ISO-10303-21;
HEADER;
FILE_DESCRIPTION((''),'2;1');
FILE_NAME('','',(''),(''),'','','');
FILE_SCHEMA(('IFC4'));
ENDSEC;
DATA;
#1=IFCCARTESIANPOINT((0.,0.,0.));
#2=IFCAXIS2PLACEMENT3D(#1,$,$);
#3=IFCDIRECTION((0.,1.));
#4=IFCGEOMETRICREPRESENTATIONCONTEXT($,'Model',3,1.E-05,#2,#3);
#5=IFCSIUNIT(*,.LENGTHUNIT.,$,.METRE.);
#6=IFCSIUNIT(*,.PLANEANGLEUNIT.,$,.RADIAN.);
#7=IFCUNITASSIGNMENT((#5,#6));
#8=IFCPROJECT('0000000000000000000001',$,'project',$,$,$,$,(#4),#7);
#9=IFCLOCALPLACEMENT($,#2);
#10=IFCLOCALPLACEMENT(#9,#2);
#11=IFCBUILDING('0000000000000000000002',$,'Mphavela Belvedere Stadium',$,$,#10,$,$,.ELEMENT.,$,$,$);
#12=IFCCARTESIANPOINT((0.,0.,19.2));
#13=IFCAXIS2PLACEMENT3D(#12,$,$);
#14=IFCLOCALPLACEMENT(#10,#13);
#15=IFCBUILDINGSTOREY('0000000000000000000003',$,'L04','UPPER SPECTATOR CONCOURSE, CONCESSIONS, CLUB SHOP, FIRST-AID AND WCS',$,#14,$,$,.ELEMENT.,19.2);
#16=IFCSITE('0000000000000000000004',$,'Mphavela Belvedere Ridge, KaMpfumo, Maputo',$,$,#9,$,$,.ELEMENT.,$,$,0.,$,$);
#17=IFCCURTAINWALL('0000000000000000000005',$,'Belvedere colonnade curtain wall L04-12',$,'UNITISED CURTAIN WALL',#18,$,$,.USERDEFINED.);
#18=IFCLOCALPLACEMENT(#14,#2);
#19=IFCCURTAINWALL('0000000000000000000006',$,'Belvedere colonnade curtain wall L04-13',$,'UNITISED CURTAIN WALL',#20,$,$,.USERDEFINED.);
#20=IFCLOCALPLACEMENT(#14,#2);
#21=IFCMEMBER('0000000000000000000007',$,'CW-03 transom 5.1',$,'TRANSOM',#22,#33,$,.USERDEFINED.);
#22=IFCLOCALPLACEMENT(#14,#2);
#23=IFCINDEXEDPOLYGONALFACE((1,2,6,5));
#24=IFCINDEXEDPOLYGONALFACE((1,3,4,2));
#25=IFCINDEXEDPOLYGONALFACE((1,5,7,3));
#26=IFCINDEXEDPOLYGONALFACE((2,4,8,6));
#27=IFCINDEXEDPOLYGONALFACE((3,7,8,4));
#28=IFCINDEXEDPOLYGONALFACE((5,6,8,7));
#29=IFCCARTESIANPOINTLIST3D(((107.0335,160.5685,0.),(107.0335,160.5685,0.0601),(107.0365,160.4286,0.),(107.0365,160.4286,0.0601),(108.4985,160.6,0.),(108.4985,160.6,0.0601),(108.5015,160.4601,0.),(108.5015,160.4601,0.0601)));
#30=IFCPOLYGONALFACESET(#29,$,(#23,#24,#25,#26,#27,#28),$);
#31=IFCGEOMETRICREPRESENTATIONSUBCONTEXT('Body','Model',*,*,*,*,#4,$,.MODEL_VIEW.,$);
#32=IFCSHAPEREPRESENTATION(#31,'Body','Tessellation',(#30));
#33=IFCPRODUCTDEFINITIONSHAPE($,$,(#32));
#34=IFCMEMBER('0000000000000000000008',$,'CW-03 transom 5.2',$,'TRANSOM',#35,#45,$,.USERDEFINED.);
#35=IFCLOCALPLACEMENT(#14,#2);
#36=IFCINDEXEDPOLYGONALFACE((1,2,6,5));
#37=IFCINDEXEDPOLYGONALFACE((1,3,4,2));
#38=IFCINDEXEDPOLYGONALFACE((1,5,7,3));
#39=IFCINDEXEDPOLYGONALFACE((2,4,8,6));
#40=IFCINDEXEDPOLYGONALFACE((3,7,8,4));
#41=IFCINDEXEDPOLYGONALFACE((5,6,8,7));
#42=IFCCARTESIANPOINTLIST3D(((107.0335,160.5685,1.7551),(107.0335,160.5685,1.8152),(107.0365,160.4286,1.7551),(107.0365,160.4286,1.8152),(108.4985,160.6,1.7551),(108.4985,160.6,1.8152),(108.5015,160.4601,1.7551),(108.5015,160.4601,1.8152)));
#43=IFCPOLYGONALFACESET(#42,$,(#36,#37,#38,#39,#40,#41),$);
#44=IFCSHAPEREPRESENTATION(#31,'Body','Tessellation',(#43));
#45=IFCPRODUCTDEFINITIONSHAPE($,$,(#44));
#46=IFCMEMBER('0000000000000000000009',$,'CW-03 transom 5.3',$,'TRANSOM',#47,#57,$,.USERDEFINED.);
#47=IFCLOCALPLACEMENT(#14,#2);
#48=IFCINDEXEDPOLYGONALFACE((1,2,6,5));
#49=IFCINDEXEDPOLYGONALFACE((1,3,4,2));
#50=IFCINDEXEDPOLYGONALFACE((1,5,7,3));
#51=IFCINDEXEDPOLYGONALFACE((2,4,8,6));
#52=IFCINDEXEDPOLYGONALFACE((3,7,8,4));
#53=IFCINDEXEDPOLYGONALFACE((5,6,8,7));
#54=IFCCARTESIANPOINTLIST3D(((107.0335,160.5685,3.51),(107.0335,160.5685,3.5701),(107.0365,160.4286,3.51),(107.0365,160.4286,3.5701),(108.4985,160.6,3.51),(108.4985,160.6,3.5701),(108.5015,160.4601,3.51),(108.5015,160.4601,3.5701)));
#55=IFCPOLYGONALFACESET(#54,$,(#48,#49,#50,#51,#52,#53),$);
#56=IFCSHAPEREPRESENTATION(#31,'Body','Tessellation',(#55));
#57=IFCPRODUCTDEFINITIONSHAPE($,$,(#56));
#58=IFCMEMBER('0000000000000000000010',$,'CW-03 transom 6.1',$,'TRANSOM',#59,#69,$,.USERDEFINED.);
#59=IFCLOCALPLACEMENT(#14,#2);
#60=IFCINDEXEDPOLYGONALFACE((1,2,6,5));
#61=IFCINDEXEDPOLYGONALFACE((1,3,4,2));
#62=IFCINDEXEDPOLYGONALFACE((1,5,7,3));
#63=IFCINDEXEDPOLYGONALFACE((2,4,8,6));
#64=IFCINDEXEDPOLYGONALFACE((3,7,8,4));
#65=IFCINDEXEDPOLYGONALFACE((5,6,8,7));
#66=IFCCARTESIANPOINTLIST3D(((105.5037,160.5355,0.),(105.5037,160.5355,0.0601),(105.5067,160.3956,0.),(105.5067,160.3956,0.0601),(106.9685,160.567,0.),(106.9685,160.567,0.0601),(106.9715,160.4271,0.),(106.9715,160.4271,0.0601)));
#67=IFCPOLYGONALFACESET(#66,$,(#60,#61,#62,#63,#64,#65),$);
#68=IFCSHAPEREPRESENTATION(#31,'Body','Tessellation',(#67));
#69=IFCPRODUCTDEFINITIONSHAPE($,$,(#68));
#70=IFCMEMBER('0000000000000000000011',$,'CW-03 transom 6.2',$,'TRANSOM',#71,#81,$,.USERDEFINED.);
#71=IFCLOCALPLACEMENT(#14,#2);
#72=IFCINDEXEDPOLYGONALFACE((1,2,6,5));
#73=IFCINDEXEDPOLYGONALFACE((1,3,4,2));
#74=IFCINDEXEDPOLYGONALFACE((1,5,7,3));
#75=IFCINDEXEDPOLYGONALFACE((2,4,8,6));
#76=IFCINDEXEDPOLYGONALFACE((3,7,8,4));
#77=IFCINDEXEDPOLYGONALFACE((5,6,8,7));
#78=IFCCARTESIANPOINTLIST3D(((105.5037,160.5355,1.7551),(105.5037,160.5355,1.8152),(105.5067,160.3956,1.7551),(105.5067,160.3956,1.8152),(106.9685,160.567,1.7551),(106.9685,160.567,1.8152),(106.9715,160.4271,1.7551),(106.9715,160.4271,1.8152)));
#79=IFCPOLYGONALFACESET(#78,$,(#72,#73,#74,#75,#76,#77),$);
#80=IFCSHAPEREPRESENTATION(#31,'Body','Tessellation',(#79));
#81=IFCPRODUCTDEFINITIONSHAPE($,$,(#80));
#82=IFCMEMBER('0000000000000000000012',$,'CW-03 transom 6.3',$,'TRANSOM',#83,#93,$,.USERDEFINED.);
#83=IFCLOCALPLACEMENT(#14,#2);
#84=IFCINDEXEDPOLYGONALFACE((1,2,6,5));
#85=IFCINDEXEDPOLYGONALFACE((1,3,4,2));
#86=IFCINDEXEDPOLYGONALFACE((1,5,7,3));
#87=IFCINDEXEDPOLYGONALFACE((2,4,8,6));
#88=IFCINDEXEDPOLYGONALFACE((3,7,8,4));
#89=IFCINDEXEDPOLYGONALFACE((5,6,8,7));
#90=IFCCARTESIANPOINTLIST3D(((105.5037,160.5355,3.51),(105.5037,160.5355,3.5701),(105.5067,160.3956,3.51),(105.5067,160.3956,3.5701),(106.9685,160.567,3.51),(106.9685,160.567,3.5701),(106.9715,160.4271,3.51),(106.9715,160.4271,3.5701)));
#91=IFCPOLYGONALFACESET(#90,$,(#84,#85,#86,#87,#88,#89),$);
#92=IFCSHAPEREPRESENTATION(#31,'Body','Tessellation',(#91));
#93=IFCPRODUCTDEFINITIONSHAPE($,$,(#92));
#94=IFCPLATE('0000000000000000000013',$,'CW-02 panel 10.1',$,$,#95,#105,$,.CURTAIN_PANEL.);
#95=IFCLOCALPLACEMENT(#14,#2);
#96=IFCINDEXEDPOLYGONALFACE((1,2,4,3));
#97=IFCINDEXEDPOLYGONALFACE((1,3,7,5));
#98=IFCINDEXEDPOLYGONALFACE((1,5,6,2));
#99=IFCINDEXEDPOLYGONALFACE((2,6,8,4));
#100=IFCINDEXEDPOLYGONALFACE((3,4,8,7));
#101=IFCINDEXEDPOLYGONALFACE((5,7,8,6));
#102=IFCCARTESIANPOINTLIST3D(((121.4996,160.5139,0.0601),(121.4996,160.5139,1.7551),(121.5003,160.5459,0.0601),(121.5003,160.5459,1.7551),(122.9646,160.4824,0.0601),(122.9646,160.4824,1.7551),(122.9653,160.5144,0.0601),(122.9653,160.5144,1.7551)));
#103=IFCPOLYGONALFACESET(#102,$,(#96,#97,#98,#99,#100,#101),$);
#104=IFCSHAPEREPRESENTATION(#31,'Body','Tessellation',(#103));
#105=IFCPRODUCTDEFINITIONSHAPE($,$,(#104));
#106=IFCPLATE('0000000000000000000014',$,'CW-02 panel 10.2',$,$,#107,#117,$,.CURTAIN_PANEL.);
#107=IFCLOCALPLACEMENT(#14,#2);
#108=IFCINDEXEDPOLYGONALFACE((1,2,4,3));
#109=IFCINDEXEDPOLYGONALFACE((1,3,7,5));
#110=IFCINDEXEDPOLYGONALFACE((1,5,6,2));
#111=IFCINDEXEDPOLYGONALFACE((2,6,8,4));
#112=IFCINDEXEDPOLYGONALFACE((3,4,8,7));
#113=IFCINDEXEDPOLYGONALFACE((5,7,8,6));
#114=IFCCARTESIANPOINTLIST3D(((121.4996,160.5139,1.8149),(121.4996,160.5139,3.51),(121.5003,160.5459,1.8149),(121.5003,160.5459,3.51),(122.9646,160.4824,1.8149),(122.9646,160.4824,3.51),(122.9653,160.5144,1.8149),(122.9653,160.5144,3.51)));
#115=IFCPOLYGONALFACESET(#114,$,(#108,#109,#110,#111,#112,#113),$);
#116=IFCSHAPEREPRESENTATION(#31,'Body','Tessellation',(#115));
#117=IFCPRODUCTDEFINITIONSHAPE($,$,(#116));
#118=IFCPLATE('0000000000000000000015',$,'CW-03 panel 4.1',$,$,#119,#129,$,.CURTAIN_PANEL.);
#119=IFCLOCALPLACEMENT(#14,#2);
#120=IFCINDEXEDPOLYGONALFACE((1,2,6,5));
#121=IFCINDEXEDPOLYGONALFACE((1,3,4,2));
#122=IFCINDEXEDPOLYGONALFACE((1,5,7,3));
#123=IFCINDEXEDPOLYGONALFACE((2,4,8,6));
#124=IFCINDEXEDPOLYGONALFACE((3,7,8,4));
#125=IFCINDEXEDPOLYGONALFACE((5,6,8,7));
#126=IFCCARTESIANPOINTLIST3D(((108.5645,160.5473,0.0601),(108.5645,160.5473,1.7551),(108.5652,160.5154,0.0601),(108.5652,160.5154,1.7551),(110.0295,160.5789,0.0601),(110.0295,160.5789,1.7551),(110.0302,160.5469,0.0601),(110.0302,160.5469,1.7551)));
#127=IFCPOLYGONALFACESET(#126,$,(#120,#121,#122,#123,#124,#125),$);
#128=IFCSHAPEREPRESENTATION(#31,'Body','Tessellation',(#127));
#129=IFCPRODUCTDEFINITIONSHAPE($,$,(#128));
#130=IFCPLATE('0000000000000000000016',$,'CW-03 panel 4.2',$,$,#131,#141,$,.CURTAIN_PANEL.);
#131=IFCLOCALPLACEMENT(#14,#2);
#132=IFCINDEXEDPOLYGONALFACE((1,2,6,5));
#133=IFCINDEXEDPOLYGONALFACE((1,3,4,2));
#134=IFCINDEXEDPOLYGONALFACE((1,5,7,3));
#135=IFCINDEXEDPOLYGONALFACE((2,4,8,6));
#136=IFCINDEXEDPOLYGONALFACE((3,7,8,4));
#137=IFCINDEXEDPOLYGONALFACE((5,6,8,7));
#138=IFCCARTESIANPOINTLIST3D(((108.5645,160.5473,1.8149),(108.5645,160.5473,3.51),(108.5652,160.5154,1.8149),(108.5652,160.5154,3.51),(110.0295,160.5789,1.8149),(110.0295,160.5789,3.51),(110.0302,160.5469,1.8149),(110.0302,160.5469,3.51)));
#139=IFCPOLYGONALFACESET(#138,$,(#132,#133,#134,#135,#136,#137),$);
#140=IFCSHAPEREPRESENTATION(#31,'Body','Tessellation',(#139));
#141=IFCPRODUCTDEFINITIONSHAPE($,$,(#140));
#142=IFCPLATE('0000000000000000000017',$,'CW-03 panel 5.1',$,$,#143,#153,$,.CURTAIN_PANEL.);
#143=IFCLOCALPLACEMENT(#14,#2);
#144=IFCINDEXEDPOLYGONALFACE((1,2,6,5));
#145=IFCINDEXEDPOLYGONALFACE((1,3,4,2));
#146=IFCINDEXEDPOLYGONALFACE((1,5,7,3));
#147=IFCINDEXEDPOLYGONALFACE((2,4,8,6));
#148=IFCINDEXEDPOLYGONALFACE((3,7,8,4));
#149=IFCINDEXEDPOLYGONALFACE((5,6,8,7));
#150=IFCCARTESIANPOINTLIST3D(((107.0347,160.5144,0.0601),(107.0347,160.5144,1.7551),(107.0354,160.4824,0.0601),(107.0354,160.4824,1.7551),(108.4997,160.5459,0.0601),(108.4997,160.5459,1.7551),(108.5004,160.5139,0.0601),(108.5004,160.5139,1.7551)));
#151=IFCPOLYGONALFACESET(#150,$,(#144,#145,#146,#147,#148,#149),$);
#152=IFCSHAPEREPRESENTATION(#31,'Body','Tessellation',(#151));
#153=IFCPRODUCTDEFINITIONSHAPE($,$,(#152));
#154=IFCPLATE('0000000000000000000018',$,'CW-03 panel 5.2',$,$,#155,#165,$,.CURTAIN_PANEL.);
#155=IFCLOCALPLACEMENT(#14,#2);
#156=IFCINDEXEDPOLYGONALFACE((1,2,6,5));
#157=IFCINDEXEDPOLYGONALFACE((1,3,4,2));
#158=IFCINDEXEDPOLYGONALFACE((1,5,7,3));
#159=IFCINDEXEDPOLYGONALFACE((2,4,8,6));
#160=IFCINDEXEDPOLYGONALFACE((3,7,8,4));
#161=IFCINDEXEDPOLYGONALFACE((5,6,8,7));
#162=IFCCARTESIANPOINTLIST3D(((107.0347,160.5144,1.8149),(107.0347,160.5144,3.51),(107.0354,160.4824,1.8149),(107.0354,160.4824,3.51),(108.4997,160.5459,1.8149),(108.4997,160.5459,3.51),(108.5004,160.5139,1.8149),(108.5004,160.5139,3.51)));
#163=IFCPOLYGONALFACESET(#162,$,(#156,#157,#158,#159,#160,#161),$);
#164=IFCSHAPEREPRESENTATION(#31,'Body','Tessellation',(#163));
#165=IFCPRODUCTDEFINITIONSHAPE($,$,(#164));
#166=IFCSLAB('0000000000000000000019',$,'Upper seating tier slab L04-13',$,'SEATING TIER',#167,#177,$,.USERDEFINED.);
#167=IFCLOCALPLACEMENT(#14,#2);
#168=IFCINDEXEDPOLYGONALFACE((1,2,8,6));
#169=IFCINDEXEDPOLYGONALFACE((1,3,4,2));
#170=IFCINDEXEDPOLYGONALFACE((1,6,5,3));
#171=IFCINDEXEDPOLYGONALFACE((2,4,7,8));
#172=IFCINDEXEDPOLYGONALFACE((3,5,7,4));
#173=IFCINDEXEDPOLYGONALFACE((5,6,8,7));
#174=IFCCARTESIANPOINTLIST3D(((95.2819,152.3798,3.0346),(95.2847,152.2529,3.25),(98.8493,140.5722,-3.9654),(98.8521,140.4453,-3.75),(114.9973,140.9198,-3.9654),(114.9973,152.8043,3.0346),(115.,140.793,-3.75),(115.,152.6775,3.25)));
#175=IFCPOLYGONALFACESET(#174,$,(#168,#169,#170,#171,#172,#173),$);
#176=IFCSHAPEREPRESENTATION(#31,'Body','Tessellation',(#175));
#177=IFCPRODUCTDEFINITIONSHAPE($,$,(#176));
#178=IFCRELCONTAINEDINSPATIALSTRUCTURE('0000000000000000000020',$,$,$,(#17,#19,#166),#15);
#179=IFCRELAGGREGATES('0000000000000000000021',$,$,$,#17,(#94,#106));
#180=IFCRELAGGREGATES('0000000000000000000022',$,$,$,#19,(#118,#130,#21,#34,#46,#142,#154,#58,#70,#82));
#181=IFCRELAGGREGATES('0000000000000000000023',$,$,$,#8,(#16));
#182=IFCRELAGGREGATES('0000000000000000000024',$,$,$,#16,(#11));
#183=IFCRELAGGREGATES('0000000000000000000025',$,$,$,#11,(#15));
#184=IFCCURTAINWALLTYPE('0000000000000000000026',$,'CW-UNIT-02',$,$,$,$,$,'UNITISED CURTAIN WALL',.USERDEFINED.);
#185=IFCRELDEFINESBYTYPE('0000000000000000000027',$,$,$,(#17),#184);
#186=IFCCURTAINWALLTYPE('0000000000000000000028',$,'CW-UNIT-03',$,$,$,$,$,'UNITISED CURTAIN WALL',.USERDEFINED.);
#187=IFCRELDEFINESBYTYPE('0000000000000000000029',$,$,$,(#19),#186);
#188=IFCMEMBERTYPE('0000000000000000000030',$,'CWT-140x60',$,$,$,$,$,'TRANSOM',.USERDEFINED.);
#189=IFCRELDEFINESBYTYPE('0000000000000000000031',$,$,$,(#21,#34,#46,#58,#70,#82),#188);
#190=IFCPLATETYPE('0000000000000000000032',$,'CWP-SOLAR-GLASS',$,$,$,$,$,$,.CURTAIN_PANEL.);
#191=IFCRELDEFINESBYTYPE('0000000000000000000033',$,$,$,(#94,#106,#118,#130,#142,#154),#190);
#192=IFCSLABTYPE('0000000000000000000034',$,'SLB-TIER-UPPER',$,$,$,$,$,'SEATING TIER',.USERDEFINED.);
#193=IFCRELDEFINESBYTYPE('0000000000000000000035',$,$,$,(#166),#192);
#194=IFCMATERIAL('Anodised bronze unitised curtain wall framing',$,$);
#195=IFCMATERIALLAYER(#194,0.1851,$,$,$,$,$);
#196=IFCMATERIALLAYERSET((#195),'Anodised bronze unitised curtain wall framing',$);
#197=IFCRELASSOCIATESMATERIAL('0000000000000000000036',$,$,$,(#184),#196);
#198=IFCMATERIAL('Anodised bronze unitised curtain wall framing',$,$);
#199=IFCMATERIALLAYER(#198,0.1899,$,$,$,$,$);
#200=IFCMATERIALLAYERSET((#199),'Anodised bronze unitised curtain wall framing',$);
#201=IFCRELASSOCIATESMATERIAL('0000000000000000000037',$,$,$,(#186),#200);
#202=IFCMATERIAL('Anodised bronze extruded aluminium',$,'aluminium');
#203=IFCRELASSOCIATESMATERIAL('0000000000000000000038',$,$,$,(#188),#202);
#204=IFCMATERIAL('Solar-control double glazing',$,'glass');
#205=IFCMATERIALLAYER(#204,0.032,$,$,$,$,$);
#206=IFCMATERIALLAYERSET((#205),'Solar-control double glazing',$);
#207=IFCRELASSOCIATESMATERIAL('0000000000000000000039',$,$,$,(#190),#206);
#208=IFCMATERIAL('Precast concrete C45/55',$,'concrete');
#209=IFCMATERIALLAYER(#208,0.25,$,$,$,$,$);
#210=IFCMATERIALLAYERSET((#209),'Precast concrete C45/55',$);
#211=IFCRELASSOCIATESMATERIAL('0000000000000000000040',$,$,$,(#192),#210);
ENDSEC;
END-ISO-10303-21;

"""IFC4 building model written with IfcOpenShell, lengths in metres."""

from ifc_helpers import new_model, si_unit, direction, frame, origin, origin_2d, place, context, subcontext, project, spatial, polyline, rectangle, outline, extrude, material, layer, layer_set, material_profile, profile_set, type_object, element, aggregate, save


model = new_model("IFC4")

# Units and contexts
model_context = context("Model", 3, precision=1e-05, world=origin(), true_north=direction((0.0, 1.0)))
body_context = subcontext(model_context, "Body", "Model", "MODEL_VIEW")
ifc_project = project(units=[si_unit("LENGTHUNIT", "METRE"), si_unit("PLANEANGLEUNIT", "RADIAN")], contexts=[model_context])

# Site, building, storey
site_placement = place(None, origin())
site = spatial("IfcSite", under=ifc_project, at=site_placement, Name="Mphavela Belvedere Ridge, KaMpfumo, Maputo", CompositionType="ELEMENT", RefElevation=0.0)
building_placement = place(site_placement, origin())
building = spatial("IfcBuilding", under=site, at=building_placement, Name="Mphavela Belvedere Stadium", CompositionType="ELEMENT")
storey_placement = place(building_placement, frame((0.0, 0.0, 19.2)))
storey = spatial("IfcBuildingStorey", under=building, at=storey_placement, Name="L04", Description="UPPER SPECTATOR CONCOURSE, CONCESSIONS, CLUB SHOP, FIRST-AID AND WCS", CompositionType="ELEMENT", Elevation=19.2)

# Curtain wall
ifc_material_1 = material(Name="Anodised bronze unitised curtain wall framing")
ifc_layer_1 = layer(ifc_material_1, 0.1851)
ifc_layer_set_1 = layer_set([ifc_layer_1], Name="Anodised bronze unitised curtain wall framing")
curtain_wall_type_1 = type_object("IfcCurtainWallType", Name="CW-UNIT-02", ElementType="UNITISED CURTAIN WALL", PredefinedType="USERDEFINED", material=ifc_layer_set_1)
curtain_wall_1_placement = place(storey_placement, origin())
curtain_wall_1 = element("IfcCurtainWall", 1, at=curtain_wall_1_placement, inside=storey, type_object=curtain_wall_type_1, Name="Belvedere colonnade curtain wall L04-12", ObjectType="UNITISED CURTAIN WALL", PredefinedType="USERDEFINED")

# Curtain wall
ifc_material_2 = material(Name="Anodised bronze unitised curtain wall framing")
ifc_layer_2 = layer(ifc_material_2, 0.1899)
ifc_layer_set_2 = layer_set([ifc_layer_2], Name="Anodised bronze unitised curtain wall framing")
curtain_wall_type_2 = type_object("IfcCurtainWallType", Name="CW-UNIT-03", ElementType="UNITISED CURTAIN WALL", PredefinedType="USERDEFINED", material=ifc_layer_set_2)
curtain_wall_2_placement = place(storey_placement, origin())
curtain_wall_2 = element("IfcCurtainWall", 2, at=curtain_wall_2_placement, inside=storey, type_object=curtain_wall_type_2, Name="Belvedere colonnade curtain wall L04-13", ObjectType="UNITISED CURTAIN WALL", PredefinedType="USERDEFINED")

# Members
ifc_material_3 = material(Name="Anodised bronze extruded aluminium", Category="aluminium")
ifc_material_profile_1 = material_profile(ifc_material_3, rectangle(XDim=0.1399, YDim=0.0601, at=origin_2d()), Name="CW-TRN 140x60")
ifc_profile_set_1 = profile_set([ifc_material_profile_1], Name="Anodised bronze extruded aluminium")
member_type_1 = type_object("IfcMemberType", Name="CWT-140x60", ElementType="TRANSOM", PredefinedType="USERDEFINED", material=ifc_profile_set_1)
member_1_placement = place(storey_placement, frame((108.5, 160.53, 0.03), z_axis=(-0.999769, -0.021491, 0.0), x_axis=(0.021491, -0.999769, 0.0)))
member_1 = element("IfcMember", 3, at=member_1_placement, type_object=member_type_1, Name="CW-03 transom 5.1", ObjectType="TRANSOM", PredefinedType="USERDEFINED", context=body_context, shape_type="SweptSolid", body=[
    extrude(rectangle(XDim=0.1399, YDim=0.0601, at=origin_2d()), origin(), (0.0, 0.0, 1.0), 1.4653),
])
member_2_placement = place(storey_placement, frame((108.5, 160.53, 1.7852), z_axis=(-0.999769, -0.021491, 0.0), x_axis=(0.021491, -0.999769, 0.0)))
member_2 = element("IfcMember", 4, at=member_2_placement, type_object=member_type_1, Name="CW-03 transom 5.2", ObjectType="TRANSOM", PredefinedType="USERDEFINED", context=body_context, shape_type="SweptSolid", body=[
    extrude(rectangle(XDim=0.1399, YDim=0.0601, at=origin_2d()), origin(), (0.0, 0.0, 1.0), 1.4653),
])
member_3_placement = place(storey_placement, frame((108.5, 160.53, 3.54), z_axis=(-0.999769, -0.021491, 0.0), x_axis=(0.021491, -0.999769, 0.0)))
member_3 = element("IfcMember", 5, at=member_3_placement, type_object=member_type_1, Name="CW-03 transom 5.3", ObjectType="TRANSOM", PredefinedType="USERDEFINED", context=body_context, shape_type="SweptSolid", body=[
    extrude(rectangle(XDim=0.1399, YDim=0.0601, at=origin_2d()), origin(), (0.0, 0.0, 1.0), 1.4653),
])
member_4_placement = place(storey_placement, frame((106.97, 160.4971, 0.03), z_axis=(-0.999769, -0.021495, 0.0), x_axis=(0.021495, -0.999769, 0.0)))
member_4 = element("IfcMember", 6, at=member_4_placement, type_object=member_type_1, Name="CW-03 transom 6.1", ObjectType="TRANSOM", PredefinedType="USERDEFINED", context=body_context, shape_type="SweptSolid", body=[
    extrude(rectangle(XDim=0.1399, YDim=0.0601, at=origin_2d()), origin(), (0.0, 0.0, 1.0), 1.4651),
])
member_5_placement = place(storey_placement, frame((106.97, 160.4971, 1.7852), z_axis=(-0.999769, -0.021495, 0.0), x_axis=(0.021495, -0.999769, 0.0)))
member_5 = element("IfcMember", 7, at=member_5_placement, type_object=member_type_1, Name="CW-03 transom 6.2", ObjectType="TRANSOM", PredefinedType="USERDEFINED", context=body_context, shape_type="SweptSolid", body=[
    extrude(rectangle(XDim=0.1399, YDim=0.0601, at=origin_2d()), origin(), (0.0, 0.0, 1.0), 1.4651),
])
member_6_placement = place(storey_placement, frame((106.97, 160.4971, 3.54), z_axis=(-0.999769, -0.021495, 0.0), x_axis=(0.021495, -0.999769, 0.0)))
member_6 = element("IfcMember", 8, at=member_6_placement, type_object=member_type_1, Name="CW-03 transom 6.3", ObjectType="TRANSOM", PredefinedType="USERDEFINED", context=body_context, shape_type="SweptSolid", body=[
    extrude(rectangle(XDim=0.1399, YDim=0.0601, at=origin_2d()), origin(), (0.0, 0.0, 1.0), 1.4651),
])

# Plates
ifc_material_4 = material(Name="Solar-control double glazing", Category="glass")
ifc_layer_3 = layer(ifc_material_4, 0.032)
ifc_layer_set_3 = layer_set([ifc_layer_3], Name="Solar-control double glazing")
plate_type = type_object("IfcPlateType", Name="CWP-SOLAR-GLASS", PredefinedType="CURTAIN_PANEL", material=ifc_layer_set_3)
plate_1_placement = place(storey_placement, frame((122.2324, 160.5142, 0.0601), z_axis=(0.0, 0.0, 1.0), x_axis=(-0.999768, 0.021527, 0.0)))
plate_1 = element("IfcPlate", 9, at=plate_1_placement, type_object=plate_type, Name="CW-02 panel 10.1", PredefinedType="CURTAIN_PANEL", context=body_context, shape_type="SweptSolid", body=[
    extrude(rectangle(XDim=1.4653, YDim=0.032, at=origin_2d()), origin(), (0.0, 0.0, 1.0), 1.6951),
])
plate_2_placement = place(storey_placement, frame((122.2324, 160.5142, 1.8149), z_axis=(0.0, 0.0, 1.0), x_axis=(-0.999768, 0.021527, 0.0)))
plate_2 = element("IfcPlate", 10, at=plate_2_placement, type_object=plate_type, Name="CW-02 panel 10.2", PredefinedType="CURTAIN_PANEL", context=body_context, shape_type="SweptSolid", body=[
    extrude(rectangle(XDim=1.4653, YDim=0.032, at=origin_2d()), origin(), (0.0, 0.0, 1.0), 1.6951),
])
aggregate(curtain_wall_1, [plate_1, plate_2])
plate_3_placement = place(storey_placement, frame((109.2974, 160.5471, 0.0601), z_axis=(0.0, 0.0, 1.0), x_axis=(-0.999768, -0.021527, 0.0)))
plate_3 = element("IfcPlate", 11, at=plate_3_placement, type_object=plate_type, Name="CW-03 panel 4.1", PredefinedType="CURTAIN_PANEL", context=body_context, shape_type="SweptSolid", body=[
    extrude(rectangle(XDim=1.4653, YDim=0.032, at=origin_2d()), origin(), (0.0, 0.0, 1.0), 1.6951),
])
plate_4_placement = place(storey_placement, frame((109.2974, 160.5471, 1.8149), z_axis=(0.0, 0.0, 1.0), x_axis=(-0.999768, -0.021527, 0.0)))
plate_4 = element("IfcPlate", 12, at=plate_4_placement, type_object=plate_type, Name="CW-03 panel 4.2", PredefinedType="CURTAIN_PANEL", context=body_context, shape_type="SweptSolid", body=[
    extrude(rectangle(XDim=1.4653, YDim=0.032, at=origin_2d()), origin(), (0.0, 0.0, 1.0), 1.6951),
])
plate_5_placement = place(storey_placement, frame((107.7676, 160.5142, 0.0601), z_axis=(0.0, 0.0, 1.0), x_axis=(-0.999768, -0.021527, 0.0)))
plate_5 = element("IfcPlate", 13, at=plate_5_placement, type_object=plate_type, Name="CW-03 panel 5.1", PredefinedType="CURTAIN_PANEL", context=body_context, shape_type="SweptSolid", body=[
    extrude(rectangle(XDim=1.4653, YDim=0.032, at=origin_2d()), origin(), (0.0, 0.0, 1.0), 1.6951),
])
plate_6_placement = place(storey_placement, frame((107.7676, 160.5142, 1.8149), z_axis=(0.0, 0.0, 1.0), x_axis=(-0.999768, -0.021527, 0.0)))
plate_6 = element("IfcPlate", 14, at=plate_6_placement, type_object=plate_type, Name="CW-03 panel 5.2", PredefinedType="CURTAIN_PANEL", context=body_context, shape_type="SweptSolid", body=[
    extrude(rectangle(XDim=1.4653, YDim=0.032, at=origin_2d()), origin(), (0.0, 0.0, 1.0), 1.6951),
])
aggregate(curtain_wall_2, [plate_3, plate_4, member_1, member_2, member_3, plate_5, plate_6, member_4, member_5, member_6])

# Slab
ifc_material_5 = material(Name="Precast concrete C45/55", Category="concrete")
ifc_layer_4 = layer(ifc_material_5, 0.25)
ifc_layer_set_4 = layer_set([ifc_layer_4], Name="Precast concrete C45/55")
slab_type = type_object("IfcSlabType", Name="SLB-TIER-UPPER", ElementType="SEATING TIER", PredefinedType="USERDEFINED", material=ifc_layer_set_4)
slab_placement = place(storey_placement, frame((115.0, 140.793, -3.75), z_axis=(0.010927, -0.507482, 0.861593), x_axis=(-0.999768, -0.021525, 0.000001)))
element("IfcSlab", 15, at=slab_placement, inside=storey, type_object=slab_type, Name="Upper seating tier slab L04-13", ObjectType="SEATING TIER", PredefinedType="USERDEFINED", context=body_context, shape_type="SweptSolid", body=[
    extrude(outline(polyline([(0.0, 0.0), (16.1517, 0.0), (19.4641, -13.7904), (-0.2558, -13.7904), (0.0, 0.0)])), origin(), (0.0, 0.0, -1.0), 0.25),
])

save(model, "model.ifc")
